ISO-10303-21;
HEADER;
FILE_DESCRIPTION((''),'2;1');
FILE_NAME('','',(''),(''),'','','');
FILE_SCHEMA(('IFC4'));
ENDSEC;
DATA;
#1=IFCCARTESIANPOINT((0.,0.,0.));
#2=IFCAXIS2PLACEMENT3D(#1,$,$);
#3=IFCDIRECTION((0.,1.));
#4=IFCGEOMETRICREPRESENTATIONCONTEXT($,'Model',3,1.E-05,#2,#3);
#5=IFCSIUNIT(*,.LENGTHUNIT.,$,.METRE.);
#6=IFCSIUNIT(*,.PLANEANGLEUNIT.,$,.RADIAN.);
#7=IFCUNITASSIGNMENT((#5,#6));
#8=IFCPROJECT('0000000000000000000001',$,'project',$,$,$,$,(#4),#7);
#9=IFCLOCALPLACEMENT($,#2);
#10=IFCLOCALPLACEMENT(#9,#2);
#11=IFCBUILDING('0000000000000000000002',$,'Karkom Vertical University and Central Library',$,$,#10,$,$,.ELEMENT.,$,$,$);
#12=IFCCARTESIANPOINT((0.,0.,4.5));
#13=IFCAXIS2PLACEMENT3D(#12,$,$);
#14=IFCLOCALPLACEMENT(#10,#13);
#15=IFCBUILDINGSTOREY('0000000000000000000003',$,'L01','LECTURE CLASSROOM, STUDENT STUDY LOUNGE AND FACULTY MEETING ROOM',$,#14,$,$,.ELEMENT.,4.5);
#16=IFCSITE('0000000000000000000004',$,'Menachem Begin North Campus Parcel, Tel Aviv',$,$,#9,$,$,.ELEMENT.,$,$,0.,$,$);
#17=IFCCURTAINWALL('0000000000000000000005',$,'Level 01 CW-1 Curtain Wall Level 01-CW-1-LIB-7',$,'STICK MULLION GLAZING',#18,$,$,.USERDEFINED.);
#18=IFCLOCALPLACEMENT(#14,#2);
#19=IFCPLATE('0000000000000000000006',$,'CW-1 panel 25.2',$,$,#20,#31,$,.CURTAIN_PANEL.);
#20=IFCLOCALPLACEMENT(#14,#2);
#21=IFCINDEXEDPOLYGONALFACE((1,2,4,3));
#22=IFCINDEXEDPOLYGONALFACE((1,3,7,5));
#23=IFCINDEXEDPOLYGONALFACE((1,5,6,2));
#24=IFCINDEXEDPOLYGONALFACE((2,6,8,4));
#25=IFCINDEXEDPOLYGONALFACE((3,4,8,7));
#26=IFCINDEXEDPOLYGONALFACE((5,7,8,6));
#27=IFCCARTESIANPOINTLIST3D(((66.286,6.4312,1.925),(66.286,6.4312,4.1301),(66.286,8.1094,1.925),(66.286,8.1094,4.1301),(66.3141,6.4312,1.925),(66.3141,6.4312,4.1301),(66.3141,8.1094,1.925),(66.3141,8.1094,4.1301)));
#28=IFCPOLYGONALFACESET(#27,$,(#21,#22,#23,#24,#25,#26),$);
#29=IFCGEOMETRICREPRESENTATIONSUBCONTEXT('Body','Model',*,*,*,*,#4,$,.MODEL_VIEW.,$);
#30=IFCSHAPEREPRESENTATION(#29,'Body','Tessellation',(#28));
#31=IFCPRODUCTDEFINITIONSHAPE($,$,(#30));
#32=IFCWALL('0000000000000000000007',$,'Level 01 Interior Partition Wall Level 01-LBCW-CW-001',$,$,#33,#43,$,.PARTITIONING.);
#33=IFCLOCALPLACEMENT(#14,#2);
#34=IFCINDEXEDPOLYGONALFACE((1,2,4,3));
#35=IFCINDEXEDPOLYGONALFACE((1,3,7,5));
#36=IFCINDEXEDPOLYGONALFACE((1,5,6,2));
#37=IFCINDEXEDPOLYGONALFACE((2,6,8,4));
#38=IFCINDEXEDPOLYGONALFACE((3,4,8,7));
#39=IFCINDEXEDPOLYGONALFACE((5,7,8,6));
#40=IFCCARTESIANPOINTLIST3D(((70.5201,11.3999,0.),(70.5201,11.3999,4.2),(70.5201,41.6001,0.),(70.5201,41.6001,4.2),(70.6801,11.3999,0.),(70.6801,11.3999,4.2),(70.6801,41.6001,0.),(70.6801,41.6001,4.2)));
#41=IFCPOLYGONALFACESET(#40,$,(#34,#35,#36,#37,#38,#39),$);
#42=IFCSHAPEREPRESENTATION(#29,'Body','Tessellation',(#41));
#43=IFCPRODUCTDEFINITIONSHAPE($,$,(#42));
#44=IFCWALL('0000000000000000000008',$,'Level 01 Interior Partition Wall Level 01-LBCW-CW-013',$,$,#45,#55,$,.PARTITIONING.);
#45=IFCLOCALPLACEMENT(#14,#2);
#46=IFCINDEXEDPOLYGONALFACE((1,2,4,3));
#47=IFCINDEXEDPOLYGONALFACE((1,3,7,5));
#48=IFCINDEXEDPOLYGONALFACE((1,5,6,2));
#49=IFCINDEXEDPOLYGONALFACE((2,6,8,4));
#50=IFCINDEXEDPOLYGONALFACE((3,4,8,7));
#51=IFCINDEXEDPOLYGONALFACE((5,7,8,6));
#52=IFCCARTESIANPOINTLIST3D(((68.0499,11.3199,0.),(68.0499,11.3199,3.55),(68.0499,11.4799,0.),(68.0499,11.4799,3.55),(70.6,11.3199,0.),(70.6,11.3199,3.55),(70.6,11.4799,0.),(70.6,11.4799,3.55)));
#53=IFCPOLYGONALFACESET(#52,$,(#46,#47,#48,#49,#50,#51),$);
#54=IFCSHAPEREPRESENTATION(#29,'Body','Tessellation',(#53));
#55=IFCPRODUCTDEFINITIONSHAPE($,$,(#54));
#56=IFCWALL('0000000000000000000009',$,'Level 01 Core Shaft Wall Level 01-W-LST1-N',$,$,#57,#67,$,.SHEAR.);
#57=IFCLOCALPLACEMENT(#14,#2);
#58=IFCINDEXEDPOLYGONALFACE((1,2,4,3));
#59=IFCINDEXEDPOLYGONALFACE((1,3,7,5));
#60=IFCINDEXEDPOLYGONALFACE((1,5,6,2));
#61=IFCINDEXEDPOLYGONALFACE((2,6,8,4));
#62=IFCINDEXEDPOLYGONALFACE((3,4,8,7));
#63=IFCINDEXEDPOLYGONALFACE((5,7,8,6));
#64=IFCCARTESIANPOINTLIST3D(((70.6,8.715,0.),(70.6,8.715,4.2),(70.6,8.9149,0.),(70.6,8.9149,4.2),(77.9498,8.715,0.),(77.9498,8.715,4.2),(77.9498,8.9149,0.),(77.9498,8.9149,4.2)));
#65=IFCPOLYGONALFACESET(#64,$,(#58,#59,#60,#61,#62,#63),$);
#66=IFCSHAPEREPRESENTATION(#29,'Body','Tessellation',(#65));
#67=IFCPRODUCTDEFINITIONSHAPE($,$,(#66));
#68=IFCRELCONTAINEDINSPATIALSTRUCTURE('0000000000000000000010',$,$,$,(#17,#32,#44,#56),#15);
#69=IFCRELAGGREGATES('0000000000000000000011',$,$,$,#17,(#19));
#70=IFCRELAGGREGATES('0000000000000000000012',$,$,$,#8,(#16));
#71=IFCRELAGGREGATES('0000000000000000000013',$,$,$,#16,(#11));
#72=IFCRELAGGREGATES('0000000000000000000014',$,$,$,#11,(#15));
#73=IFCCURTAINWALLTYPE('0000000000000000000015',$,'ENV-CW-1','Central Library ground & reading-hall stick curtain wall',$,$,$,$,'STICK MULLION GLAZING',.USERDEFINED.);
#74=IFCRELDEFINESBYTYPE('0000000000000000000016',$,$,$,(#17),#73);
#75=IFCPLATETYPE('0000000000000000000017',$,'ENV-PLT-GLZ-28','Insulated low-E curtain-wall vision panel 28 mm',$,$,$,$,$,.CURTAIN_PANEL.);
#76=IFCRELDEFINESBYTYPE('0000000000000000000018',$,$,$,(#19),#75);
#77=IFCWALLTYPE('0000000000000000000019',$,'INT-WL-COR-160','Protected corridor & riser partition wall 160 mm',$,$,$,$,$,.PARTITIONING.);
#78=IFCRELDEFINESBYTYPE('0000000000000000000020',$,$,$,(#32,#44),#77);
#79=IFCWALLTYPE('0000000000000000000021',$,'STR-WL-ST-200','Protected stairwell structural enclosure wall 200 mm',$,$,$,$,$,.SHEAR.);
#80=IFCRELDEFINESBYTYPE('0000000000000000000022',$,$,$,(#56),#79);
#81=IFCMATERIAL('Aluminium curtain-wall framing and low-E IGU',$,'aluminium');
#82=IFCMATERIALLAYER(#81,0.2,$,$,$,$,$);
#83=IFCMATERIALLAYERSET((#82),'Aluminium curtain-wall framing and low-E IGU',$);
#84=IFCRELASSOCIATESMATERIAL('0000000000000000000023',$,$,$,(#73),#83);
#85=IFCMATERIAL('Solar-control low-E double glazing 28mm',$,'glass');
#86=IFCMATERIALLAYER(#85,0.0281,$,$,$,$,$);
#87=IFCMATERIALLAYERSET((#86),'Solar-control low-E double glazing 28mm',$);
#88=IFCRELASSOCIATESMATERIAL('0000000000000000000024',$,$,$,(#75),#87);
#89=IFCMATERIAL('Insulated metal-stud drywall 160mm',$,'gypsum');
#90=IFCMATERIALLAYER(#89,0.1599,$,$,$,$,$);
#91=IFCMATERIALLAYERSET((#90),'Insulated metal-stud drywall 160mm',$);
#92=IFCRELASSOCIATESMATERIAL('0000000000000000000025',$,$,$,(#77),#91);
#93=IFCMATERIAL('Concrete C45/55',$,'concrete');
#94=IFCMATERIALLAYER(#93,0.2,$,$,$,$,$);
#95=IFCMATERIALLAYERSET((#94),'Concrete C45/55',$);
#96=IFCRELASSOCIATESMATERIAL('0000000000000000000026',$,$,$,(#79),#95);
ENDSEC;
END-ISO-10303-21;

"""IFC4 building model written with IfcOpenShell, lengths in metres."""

from ifc_helpers import new_model, si_unit, direction, frame, frame_2d, origin, origin_with_axes, origin_2d, place, context, subcontext, project, spatial, rectangle, extrude, source, transform, mapped, material, layer, layer_set, type_object, element, aggregate, save


model = new_model("IFC4")

# Units and contexts
model_context = context("Model", 3, precision=1e-05, world=origin(), true_north=direction((0.0, 1.0)))
body_context = subcontext(model_context, "Body", "Model", "MODEL_VIEW")
ifc_project = project(units=[si_unit("LENGTHUNIT", "METRE"), si_unit("PLANEANGLEUNIT", "RADIAN")], contexts=[model_context])

# Site, building, storey
site_placement = place(None, origin())
site = spatial("IfcSite", under=ifc_project, at=site_placement, Name="Menachem Begin North Campus Parcel, Tel Aviv", CompositionType="ELEMENT", RefElevation=0.0)
building_placement = place(site_placement, origin())
building = spatial("IfcBuilding", under=site, at=building_placement, Name="Karkom Vertical University and Central Library", CompositionType="ELEMENT")
storey_placement = place(building_placement, frame((0.0, 0.0, 4.5)))
storey = spatial("IfcBuildingStorey", under=building, at=storey_placement, Name="L01", Description="LECTURE CLASSROOM, STUDENT STUDY LOUNGE AND FACULTY MEETING ROOM", CompositionType="ELEMENT", Elevation=4.5)

# Curtain wall, plate
ifc_material_1 = material(Name="Aluminium curtain-wall framing and low-E IGU", Category="aluminium")
ifc_layer_1 = layer(ifc_material_1, 0.2)
ifc_layer_set_1 = layer_set([ifc_layer_1], Name="Aluminium curtain-wall framing and low-E IGU")
curtain_wall_type = type_object("IfcCurtainWallType", Name="ENV-CW-1", Description="Central Library ground & reading-hall stick curtain wall", ElementType="STICK MULLION GLAZING", PredefinedType="USERDEFINED", material=ifc_layer_set_1)
curtain_wall_placement = place(storey_placement, origin())
curtain_wall = element("IfcCurtainWall", 1, at=curtain_wall_placement, inside=storey, type_object=curtain_wall_type, Name="Level 01 CW-1 Curtain Wall Level 01-CW-1-LIB-7", ObjectType="STICK MULLION GLAZING", PredefinedType="USERDEFINED")
ifc_material_2 = material(Name="Solar-control low-E double glazing 28mm", Category="glass")
ifc_layer_2 = layer(ifc_material_2, 0.0281)
ifc_layer_set_2 = layer_set([ifc_layer_2], Name="Solar-control low-E double glazing 28mm")
plate_type = type_object("IfcPlateType", Name="ENV-PLT-GLZ-28", Description="Insulated low-E curtain-wall vision panel 28 mm", PredefinedType="CURTAIN_PANEL", material=ifc_layer_set_2)
shared_shape_1 = source(origin_with_axes(), body_context, "Body", "SweptSolid", [
    extrude(rectangle(XDim=1.6782, YDim=0.0281, at=origin_2d()), origin(), (0.0, 0.0, 1.0), 2.2051),
])
plate_1_placement = place(storey_placement, frame((66.3, 7.2703, 1.925), z_axis=(0.0, 0.0, 1.0), x_axis=(0.0, -1.0, 0.0)))
plate_1 = element("IfcPlate", 2, at=plate_1_placement, type_object=plate_type, Name="CW-1 panel 25.2", PredefinedType="CURTAIN_PANEL", context=body_context, shape_type="MappedRepresentation", body=[
    mapped(shared_shape_1, transform((0.0, 0.0, 0.0), scale=1.0)),
])
aggregate(curtain_wall, [plate_1])

# Walls
ifc_material_3 = material(Name="Insulated metal-stud drywall 160mm", Category="gypsum")
ifc_layer_3 = layer(ifc_material_3, 0.1599)
ifc_layer_set_3 = layer_set([ifc_layer_3], Name="Insulated metal-stud drywall 160mm")
wall_type_1 = type_object("IfcWallType", Name="INT-WL-COR-160", Description="Protected corridor & riser partition wall 160 mm", PredefinedType="PARTITIONING", material=ifc_layer_set_3)
wall_1_placement = place(storey_placement, frame((70.6001, 11.3999, 0.0), z_axis=(0.0, 0.0, 1.0), x_axis=(0.0, 1.0, 0.0)))
element("IfcWall", 3, at=wall_1_placement, inside=storey, type_object=wall_type_1, Name="Level 01 Interior Partition Wall Level 01-LBCW-CW-001", PredefinedType="PARTITIONING", context=body_context, shape_type="SweptSolid", body=[
    extrude(rectangle(XDim=30.2002, YDim=0.1599, at=frame_2d((15.1001, 0.0))), origin(), (0.0, 0.0, 1.0), 4.2),
])
wall_2_placement = place(storey_placement, frame((68.05, 11.3999, 0.0), z_axis=(0.0, 0.0, 1.0), x_axis=(1.0, 0.0, 0.0)))
element("IfcWall", 4, at=wall_2_placement, inside=storey, type_object=wall_type_1, Name="Level 01 Interior Partition Wall Level 01-LBCW-CW-013", PredefinedType="PARTITIONING", context=body_context, shape_type="SweptSolid", body=[
    extrude(rectangle(XDim=2.55, YDim=0.1599, at=frame_2d((1.2749, 0.0))), origin(), (0.0, 0.0, 1.0), 3.55),
])
ifc_material_4 = material(Name="Concrete C45/55", Category="concrete")
ifc_layer_4 = layer(ifc_material_4, 0.2)
ifc_layer_set_4 = layer_set([ifc_layer_4], Name="Concrete C45/55")
wall_type_2 = type_object("IfcWallType", Name="STR-WL-ST-200", Description="Protected stairwell structural enclosure wall 200 mm", PredefinedType="SHEAR", material=ifc_layer_set_4)
wall_3_placement = place(storey_placement, frame((70.6001, 8.8149, 0.0), z_axis=(0.0, 0.0, 1.0), x_axis=(1.0, 0.0, 0.0)))
element("IfcWall", 5, at=wall_3_placement, inside=storey, type_object=wall_type_2, Name="Level 01 Core Shaft Wall Level 01-W-LST1-N", PredefinedType="SHEAR", context=body_context, shape_type="SweptSolid", body=[
    extrude(rectangle(XDim=7.3499, YDim=0.2, at=frame_2d((3.6748, 0.0))), origin(), (0.0, 0.0, 1.0), 4.2),
])

save(model, "model.ifc")
